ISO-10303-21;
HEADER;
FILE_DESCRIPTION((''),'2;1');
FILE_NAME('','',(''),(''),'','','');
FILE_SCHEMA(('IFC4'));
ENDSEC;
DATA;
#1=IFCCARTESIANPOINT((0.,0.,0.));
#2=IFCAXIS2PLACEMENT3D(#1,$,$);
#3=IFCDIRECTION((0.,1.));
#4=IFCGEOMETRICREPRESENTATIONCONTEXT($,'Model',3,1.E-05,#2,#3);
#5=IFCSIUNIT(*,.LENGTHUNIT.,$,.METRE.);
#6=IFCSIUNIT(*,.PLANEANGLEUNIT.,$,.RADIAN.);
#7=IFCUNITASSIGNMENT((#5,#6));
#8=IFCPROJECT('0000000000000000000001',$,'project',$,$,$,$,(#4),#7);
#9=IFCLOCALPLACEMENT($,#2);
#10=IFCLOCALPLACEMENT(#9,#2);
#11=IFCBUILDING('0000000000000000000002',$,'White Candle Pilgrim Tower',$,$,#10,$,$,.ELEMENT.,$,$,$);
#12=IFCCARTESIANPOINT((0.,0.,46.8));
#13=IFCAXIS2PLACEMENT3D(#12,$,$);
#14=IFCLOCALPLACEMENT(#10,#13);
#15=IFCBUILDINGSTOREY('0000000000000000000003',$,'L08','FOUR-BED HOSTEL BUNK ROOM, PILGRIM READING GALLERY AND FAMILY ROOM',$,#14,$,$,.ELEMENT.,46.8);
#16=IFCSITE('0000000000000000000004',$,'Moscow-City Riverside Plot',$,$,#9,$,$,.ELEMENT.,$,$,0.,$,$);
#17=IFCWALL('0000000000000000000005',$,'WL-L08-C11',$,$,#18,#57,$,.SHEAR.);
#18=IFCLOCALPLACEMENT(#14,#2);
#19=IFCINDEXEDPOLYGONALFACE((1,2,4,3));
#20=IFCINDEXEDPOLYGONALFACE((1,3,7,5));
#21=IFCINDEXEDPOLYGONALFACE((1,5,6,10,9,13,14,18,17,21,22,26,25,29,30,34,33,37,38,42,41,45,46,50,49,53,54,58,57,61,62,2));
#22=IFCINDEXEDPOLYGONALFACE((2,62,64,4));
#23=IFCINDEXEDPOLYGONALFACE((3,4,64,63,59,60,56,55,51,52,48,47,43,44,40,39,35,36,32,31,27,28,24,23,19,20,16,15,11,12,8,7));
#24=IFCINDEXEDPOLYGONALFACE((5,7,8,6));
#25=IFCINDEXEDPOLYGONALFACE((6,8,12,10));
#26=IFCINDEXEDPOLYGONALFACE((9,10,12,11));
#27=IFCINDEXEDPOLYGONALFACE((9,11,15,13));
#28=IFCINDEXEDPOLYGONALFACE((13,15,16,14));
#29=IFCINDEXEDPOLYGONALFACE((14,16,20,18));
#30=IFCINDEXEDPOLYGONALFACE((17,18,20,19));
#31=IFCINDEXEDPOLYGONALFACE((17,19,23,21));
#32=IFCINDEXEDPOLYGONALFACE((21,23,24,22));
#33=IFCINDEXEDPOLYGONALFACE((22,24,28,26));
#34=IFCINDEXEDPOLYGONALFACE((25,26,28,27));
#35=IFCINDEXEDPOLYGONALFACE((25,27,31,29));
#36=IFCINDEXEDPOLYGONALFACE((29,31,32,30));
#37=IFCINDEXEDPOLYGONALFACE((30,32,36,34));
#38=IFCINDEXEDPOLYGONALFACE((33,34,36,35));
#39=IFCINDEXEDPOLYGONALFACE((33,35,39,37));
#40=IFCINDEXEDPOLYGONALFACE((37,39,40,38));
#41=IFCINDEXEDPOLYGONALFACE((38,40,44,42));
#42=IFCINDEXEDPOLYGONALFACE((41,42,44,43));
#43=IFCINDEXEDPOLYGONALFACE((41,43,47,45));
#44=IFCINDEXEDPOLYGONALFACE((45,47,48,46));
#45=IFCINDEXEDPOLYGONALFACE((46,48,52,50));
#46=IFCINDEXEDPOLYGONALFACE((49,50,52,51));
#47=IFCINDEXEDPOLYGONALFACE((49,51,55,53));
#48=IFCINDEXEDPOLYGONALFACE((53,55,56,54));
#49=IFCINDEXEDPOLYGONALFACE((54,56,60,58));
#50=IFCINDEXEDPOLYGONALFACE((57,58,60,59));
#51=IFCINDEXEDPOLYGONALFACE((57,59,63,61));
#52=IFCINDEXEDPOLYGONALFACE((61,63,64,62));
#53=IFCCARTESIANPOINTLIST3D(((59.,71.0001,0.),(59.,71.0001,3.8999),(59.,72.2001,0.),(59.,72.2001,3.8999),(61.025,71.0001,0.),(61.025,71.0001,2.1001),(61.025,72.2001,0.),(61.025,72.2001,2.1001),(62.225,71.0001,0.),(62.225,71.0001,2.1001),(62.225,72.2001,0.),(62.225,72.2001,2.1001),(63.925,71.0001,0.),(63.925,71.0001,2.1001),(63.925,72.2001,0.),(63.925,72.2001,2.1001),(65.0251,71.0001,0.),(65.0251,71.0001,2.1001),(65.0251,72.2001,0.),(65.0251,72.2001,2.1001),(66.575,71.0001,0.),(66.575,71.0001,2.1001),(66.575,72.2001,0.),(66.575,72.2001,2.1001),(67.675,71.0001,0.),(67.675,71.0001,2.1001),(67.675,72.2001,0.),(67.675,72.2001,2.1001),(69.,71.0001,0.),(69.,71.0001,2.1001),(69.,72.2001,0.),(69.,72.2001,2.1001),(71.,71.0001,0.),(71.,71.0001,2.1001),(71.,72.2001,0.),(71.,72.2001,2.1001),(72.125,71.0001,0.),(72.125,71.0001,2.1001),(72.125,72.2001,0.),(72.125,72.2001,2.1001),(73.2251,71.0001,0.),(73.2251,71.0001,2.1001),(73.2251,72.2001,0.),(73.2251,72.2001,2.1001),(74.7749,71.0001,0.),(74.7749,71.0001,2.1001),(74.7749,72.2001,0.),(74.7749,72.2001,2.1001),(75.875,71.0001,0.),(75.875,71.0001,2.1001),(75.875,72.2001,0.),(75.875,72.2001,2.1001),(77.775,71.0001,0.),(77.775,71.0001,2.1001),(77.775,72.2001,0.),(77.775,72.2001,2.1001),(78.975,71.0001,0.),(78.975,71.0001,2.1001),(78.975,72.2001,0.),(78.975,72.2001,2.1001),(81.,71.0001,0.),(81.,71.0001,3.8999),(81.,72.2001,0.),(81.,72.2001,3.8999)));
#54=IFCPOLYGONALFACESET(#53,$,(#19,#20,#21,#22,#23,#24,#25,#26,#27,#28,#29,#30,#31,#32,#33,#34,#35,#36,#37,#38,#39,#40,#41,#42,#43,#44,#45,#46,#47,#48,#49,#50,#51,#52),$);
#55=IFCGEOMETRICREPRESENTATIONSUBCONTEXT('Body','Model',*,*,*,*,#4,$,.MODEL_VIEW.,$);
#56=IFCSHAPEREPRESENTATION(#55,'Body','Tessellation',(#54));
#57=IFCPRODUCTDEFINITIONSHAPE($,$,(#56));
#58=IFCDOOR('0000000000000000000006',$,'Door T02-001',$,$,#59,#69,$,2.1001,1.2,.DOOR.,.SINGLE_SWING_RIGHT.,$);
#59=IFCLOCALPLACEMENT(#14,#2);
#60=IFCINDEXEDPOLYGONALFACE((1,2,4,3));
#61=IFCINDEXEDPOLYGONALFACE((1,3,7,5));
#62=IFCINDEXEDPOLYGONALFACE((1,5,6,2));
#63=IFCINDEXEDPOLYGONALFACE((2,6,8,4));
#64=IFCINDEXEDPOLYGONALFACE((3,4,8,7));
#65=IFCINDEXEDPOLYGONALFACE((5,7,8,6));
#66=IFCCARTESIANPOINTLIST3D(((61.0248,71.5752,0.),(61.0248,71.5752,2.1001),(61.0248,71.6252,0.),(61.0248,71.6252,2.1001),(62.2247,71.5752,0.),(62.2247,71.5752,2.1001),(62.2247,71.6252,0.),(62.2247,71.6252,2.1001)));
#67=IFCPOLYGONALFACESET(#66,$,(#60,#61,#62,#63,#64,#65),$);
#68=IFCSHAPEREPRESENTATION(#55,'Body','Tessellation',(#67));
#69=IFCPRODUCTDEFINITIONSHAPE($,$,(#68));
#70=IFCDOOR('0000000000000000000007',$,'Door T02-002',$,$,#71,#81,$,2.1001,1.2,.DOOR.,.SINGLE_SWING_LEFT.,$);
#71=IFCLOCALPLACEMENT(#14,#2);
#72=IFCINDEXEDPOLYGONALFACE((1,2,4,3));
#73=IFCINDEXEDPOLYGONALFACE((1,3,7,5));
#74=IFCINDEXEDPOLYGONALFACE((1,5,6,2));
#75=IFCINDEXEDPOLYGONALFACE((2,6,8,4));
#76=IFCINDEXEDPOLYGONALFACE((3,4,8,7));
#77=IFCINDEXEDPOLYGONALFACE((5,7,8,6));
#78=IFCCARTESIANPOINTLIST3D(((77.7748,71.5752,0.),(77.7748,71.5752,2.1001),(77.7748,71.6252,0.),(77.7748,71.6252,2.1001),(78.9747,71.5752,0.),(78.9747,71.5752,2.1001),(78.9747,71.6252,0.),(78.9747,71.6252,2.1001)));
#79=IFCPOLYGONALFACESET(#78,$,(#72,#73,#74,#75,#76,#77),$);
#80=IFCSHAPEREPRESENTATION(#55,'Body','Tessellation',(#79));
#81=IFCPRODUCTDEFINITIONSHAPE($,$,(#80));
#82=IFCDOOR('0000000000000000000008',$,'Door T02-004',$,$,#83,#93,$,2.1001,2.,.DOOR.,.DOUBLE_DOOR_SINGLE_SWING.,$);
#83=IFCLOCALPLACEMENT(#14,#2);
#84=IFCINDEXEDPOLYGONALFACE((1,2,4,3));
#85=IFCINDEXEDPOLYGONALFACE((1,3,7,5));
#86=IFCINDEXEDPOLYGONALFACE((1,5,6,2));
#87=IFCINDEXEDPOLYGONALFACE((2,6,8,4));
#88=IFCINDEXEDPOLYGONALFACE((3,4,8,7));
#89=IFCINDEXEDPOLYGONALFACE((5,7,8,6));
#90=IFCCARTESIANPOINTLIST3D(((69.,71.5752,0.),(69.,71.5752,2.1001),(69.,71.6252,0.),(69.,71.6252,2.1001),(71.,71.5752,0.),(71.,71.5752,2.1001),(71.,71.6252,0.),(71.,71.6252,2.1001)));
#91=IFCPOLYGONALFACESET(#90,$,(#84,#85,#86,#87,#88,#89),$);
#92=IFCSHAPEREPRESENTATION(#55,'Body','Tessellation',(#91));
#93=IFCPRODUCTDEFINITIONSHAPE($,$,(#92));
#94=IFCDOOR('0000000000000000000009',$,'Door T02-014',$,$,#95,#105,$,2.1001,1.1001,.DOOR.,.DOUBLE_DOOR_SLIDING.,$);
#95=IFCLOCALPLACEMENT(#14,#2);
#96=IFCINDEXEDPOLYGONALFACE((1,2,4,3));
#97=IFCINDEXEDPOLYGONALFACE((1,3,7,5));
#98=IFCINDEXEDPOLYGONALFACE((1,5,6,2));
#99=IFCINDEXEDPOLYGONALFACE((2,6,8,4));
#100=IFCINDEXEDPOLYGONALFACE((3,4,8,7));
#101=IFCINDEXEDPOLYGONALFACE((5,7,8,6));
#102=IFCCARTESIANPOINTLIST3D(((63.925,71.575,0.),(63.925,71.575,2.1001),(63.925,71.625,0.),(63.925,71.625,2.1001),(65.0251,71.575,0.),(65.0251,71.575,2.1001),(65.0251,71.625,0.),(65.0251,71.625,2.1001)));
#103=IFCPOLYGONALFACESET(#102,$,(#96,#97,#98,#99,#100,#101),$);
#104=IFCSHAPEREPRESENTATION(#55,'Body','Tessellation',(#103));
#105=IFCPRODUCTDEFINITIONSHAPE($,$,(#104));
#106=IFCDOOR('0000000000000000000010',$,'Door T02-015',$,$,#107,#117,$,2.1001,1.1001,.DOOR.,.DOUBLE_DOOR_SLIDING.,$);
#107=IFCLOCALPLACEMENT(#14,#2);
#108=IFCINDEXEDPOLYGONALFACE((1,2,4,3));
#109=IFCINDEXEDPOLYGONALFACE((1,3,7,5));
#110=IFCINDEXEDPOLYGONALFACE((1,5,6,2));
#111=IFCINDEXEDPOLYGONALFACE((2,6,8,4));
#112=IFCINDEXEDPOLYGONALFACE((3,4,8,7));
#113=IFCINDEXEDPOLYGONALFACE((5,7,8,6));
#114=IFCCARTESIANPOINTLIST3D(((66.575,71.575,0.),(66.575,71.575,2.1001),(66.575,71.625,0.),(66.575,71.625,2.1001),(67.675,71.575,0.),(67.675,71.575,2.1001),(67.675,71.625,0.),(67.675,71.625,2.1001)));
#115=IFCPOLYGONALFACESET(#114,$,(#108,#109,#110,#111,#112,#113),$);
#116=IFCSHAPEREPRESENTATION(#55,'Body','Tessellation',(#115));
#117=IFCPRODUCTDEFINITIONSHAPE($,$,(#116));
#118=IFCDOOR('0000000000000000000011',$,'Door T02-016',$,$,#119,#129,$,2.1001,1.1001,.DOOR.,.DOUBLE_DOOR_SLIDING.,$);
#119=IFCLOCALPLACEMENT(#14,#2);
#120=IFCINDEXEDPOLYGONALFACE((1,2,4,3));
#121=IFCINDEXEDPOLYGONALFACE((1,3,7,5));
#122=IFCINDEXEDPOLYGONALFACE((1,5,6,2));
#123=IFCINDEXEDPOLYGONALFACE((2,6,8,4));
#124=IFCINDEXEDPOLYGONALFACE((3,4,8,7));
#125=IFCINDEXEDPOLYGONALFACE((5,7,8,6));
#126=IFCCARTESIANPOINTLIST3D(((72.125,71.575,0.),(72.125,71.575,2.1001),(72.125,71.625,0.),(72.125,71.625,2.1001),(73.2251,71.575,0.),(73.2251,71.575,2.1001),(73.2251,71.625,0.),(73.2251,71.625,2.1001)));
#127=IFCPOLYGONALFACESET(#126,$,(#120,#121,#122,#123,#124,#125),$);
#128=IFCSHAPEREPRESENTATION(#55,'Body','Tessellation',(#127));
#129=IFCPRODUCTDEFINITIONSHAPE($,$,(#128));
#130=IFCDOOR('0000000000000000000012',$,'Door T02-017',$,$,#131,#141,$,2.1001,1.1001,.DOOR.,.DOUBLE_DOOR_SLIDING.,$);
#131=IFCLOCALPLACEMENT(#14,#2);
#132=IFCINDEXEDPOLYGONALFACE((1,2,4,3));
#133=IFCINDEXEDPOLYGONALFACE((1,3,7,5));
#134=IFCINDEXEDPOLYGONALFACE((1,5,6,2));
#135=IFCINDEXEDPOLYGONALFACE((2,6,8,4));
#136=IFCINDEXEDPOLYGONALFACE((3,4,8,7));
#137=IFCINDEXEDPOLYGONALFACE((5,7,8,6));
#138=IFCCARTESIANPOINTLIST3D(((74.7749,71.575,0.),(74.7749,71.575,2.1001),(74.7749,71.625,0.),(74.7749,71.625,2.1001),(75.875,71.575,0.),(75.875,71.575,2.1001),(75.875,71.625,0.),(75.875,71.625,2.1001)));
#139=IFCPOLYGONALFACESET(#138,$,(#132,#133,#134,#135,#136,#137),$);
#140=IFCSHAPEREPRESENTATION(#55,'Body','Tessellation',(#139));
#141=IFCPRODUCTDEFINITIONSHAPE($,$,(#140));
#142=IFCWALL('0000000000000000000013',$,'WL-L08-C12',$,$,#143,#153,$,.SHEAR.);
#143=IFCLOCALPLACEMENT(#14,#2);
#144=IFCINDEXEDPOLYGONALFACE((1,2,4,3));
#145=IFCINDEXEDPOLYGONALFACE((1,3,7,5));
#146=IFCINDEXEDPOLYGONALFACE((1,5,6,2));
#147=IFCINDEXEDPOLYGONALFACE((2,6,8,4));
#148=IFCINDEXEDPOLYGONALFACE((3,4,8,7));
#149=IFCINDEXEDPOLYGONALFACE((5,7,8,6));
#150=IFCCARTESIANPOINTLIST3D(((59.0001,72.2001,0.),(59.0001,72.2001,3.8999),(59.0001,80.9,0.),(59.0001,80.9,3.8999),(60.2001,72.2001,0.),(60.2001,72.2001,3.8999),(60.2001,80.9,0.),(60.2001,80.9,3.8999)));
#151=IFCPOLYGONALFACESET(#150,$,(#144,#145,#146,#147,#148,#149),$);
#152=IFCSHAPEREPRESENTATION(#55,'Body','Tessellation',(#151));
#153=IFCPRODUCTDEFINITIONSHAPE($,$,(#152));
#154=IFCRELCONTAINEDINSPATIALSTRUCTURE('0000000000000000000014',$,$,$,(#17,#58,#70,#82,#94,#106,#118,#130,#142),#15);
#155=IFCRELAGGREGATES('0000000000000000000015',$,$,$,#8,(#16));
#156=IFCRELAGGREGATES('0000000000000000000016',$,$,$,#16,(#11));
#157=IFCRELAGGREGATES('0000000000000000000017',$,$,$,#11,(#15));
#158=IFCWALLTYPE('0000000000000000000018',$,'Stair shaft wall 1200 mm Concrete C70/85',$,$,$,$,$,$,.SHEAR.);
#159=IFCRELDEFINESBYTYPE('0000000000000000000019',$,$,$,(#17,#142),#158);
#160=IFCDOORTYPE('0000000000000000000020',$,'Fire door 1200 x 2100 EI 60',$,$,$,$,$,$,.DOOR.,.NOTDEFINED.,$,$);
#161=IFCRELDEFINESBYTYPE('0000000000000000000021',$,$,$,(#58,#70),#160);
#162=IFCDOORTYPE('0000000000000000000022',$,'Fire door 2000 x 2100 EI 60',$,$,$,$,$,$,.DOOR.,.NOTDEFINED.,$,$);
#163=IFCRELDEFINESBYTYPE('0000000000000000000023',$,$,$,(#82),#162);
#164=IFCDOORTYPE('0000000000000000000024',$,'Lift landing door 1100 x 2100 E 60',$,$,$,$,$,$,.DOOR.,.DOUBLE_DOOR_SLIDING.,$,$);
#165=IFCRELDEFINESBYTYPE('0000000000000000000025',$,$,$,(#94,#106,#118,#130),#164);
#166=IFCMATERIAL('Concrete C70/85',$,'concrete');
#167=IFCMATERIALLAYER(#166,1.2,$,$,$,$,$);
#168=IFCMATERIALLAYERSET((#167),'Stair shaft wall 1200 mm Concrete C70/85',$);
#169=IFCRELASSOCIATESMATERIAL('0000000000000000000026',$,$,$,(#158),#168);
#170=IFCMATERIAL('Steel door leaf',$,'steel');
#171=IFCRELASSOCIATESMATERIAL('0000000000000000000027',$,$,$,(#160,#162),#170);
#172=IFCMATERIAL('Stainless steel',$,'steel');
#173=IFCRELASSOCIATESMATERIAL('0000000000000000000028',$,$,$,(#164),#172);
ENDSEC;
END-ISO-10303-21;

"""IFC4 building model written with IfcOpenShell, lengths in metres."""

from ifc_helpers import new_model, si_unit, direction, frame, frame_2d, origin, place, context, subcontext, project, spatial, rectangle, extrude, material, layer, layer_set, type_object, element, fill, save


model = new_model("IFC4")

# Units and contexts
model_context = context("Model", 3, precision=1e-05, world=origin(), true_north=direction((0.0, 1.0)))
body_context = subcontext(model_context, "Body", "Model", "MODEL_VIEW")
ifc_project = project(units=[si_unit("LENGTHUNIT", "METRE"), si_unit("PLANEANGLEUNIT", "RADIAN")], contexts=[model_context])

# Site, building, storey
site_placement = place(None, origin())
site = spatial("IfcSite", under=ifc_project, at=site_placement, Name="Moscow-City Riverside Plot", CompositionType="ELEMENT", RefElevation=0.0)
building_placement = place(site_placement, origin())
building = spatial("IfcBuilding", under=site, at=building_placement, Name="White Candle Pilgrim Tower", CompositionType="ELEMENT")
storey_placement = place(building_placement, frame((0.0, 0.0, 46.8)))
storey = spatial("IfcBuildingStorey", under=building, at=storey_placement, Name="L08", Description="FOUR-BED HOSTEL BUNK ROOM, PILGRIM READING GALLERY AND FAMILY ROOM", CompositionType="ELEMENT", Elevation=46.8)

# Shared definitions
ifc_material_1 = material(Name="Steel door leaf", Category="steel")

# Wall, openings, doors
ifc_material_2 = material(Name="Concrete C70/85", Category="concrete")
ifc_layer_1 = layer(ifc_material_2, 1.2)
ifc_layer_set_1 = layer_set([ifc_layer_1], Name="Stair shaft wall 1200 mm Concrete C70/85")
wall_type_1 = type_object("IfcWallType", Name="Stair shaft wall 1200 mm Concrete C70/85", PredefinedType="SHEAR", material=ifc_layer_set_1)
wall_1_placement = place(storey_placement, frame((59.0, 71.6001, 0.0), z_axis=(0.0, 0.0, 1.0), x_axis=(1.0, 0.0, 0.0)))
wall_1 = element("IfcWall", 1, at=wall_1_placement, inside=storey, type_object=wall_type_1, Name="WL-L08-C11", PredefinedType="SHEAR", context=body_context, shape_type="SweptSolid", body=[
    extrude(rectangle(XDim=22.0, YDim=1.2, at=frame_2d((11.0, 0.0))), origin(), (0.0, 0.0, 1.0), 3.8999),
])
opening_1_placement = place(wall_1_placement, frame((2.0249, 0.0, 0.0)))
opening_1 = element("IfcOpeningElement", 2, at=opening_1_placement, cuts=wall_1, PredefinedType="OPENING", context=body_context, shape_type="SweptSolid", body=[
    extrude(rectangle(XDim=1.2, YDim=2.1001, at=frame_2d((0.6001, 1.05))), frame((0.0, 0.6099, 0.0), z_axis=(0.0, -1.0, 0.0), x_axis=(1.0, 0.0, 0.0)), (0.0, 0.0, 1.0), 1.22),
])
opening_2_placement = place(wall_1_placement, frame((18.7749, 0.0, 0.0)))
opening_2 = element("IfcOpeningElement", 3, at=opening_2_placement, cuts=wall_1, PredefinedType="OPENING", context=body_context, shape_type="SweptSolid", body=[
    extrude(rectangle(XDim=1.2, YDim=2.1001, at=frame_2d((0.6001, 1.05))), frame((0.0, 0.6099, 0.0), z_axis=(0.0, -1.0, 0.0), x_axis=(1.0, 0.0, 0.0)), (0.0, 0.0, 1.0), 1.22),
])
opening_3_placement = place(wall_1_placement, frame((10.0, 0.0, 0.0)))
opening_3 = element("IfcOpeningElement", 4, at=opening_3_placement, cuts=wall_1, PredefinedType="OPENING", context=body_context, shape_type="SweptSolid", body=[
    extrude(rectangle(XDim=2.0, YDim=2.1001, at=frame_2d((1.0, 1.05))), frame((0.0, 0.6099, 0.0), z_axis=(0.0, -1.0, 0.0), x_axis=(1.0, 0.0, 0.0)), (0.0, 0.0, 1.0), 1.22),
])
opening_4_placement = place(wall_1_placement, frame((4.925, 0.0, 0.0)))
opening_4 = element("IfcOpeningElement", 5, at=opening_4_placement, cuts=wall_1, PredefinedType="OPENING", context=body_context, shape_type="SweptSolid", body=[
    extrude(rectangle(XDim=1.1001, YDim=2.1001, at=frame_2d((0.55, 1.05))), frame((0.0, 0.6099, 0.0), z_axis=(0.0, -1.0, 0.0), x_axis=(1.0, 0.0, 0.0)), (0.0, 0.0, 1.0), 1.22),
])
opening_5_placement = place(wall_1_placement, frame((7.575, 0.0, 0.0)))
opening_5 = element("IfcOpeningElement", 6, at=opening_5_placement, cuts=wall_1, PredefinedType="OPENING", context=body_context, shape_type="SweptSolid", body=[
    extrude(rectangle(XDim=1.1001, YDim=2.1001, at=frame_2d((0.55, 1.05))), frame((0.0, 0.6099, 0.0), z_axis=(0.0, -1.0, 0.0), x_axis=(1.0, 0.0, 0.0)), (0.0, 0.0, 1.0), 1.22),
])
opening_6_placement = place(wall_1_placement, frame((13.125, 0.0, 0.0)))
opening_6 = element("IfcOpeningElement", 7, at=opening_6_placement, cuts=wall_1, PredefinedType="OPENING", context=body_context, shape_type="SweptSolid", body=[
    extrude(rectangle(XDim=1.1001, YDim=2.1001, at=frame_2d((0.55, 1.05))), frame((0.0, 0.6099, 0.0), z_axis=(0.0, -1.0, 0.0), x_axis=(1.0, 0.0, 0.0)), (0.0, 0.0, 1.0), 1.22),
])
opening_7_placement = place(wall_1_placement, frame((15.7749, 0.0, 0.0)))
opening_7 = element("IfcOpeningElement", 8, at=opening_7_placement, cuts=wall_1, PredefinedType="OPENING", context=body_context, shape_type="SweptSolid", body=[
    extrude(rectangle(XDim=1.1001, YDim=2.1001, at=frame_2d((0.55, 1.05))), frame((0.0, 0.6099, 0.0), z_axis=(0.0, -1.0, 0.0), x_axis=(1.0, 0.0, 0.0)), (0.0, 0.0, 1.0), 1.22),
])
door_type_1 = type_object("IfcDoorType", Name="Fire door 1200 x 2100 EI 60", OperationType="NOTDEFINED", PredefinedType="DOOR", material=ifc_material_1)
door_1_placement = place(opening_1_placement, frame((1.2, 0.0, 0.0), z_axis=(0.0, 0.0, 1.0), x_axis=(-1.0, 0.0, 0.0)))
door_1 = element("IfcDoor", 9, at=door_1_placement, inside=storey, type_object=door_type_1, Name="Door T02-001", OperationType="SINGLE_SWING_RIGHT", OverallHeight=2.1001, OverallWidth=1.2, PredefinedType="DOOR", context=body_context, shape_type="SweptSolid", body=[
    extrude(rectangle(XDim=1.2, YDim=2.1001, at=frame_2d((0.6001, 1.05))), frame((0.0, 0.0249, 0.0), z_axis=(0.0, -1.0, 0.0), x_axis=(1.0, 0.0, 0.0)), (0.0, 0.0, 1.0), 0.05),
])
fill(opening_1, door_1)
door_2_placement = place(opening_2_placement, frame((1.2, 0.0, 0.0), z_axis=(0.0, 0.0, 1.0), x_axis=(-1.0, 0.0, 0.0)))
door_2 = element("IfcDoor", 10, at=door_2_placement, inside=storey, type_object=door_type_1, Name="Door T02-002", OperationType="SINGLE_SWING_LEFT", OverallHeight=2.1001, OverallWidth=1.2, PredefinedType="DOOR", context=body_context, shape_type="SweptSolid", body=[
    extrude(rectangle(XDim=1.2, YDim=2.1001, at=frame_2d((0.6001, 1.05))), frame((0.0, 0.0249, 0.0), z_axis=(0.0, -1.0, 0.0), x_axis=(1.0, 0.0, 0.0)), (0.0, 0.0, 1.0), 0.05),
])
fill(opening_2, door_2)
door_type_2 = type_object("IfcDoorType", Name="Fire door 2000 x 2100 EI 60", OperationType="NOTDEFINED", PredefinedType="DOOR", material=ifc_material_1)
door_3_placement = place(opening_3_placement, frame((2.0, 0.0, 0.0), z_axis=(0.0, 0.0, 1.0), x_axis=(-1.0, 0.0, 0.0)))
door_3 = element("IfcDoor", 11, at=door_3_placement, inside=storey, type_object=door_type_2, Name="Door T02-004", OperationType="DOUBLE_DOOR_SINGLE_SWING", OverallHeight=2.1001, OverallWidth=2.0, PredefinedType="DOOR", context=body_context, shape_type="SweptSolid", body=[
    extrude(rectangle(XDim=2.0, YDim=2.1001, at=frame_2d((1.0, 1.05))), frame((0.0, 0.0249, 0.0), z_axis=(0.0, -1.0, 0.0), x_axis=(1.0, 0.0, 0.0)), (0.0, 0.0, 1.0), 0.05),
])
fill(opening_3, door_3)
ifc_material_3 = material(Name="Stainless steel", Category="steel")
door_type_3 = type_object("IfcDoorType", Name="Lift landing door 1100 x 2100 E 60", OperationType="DOUBLE_DOOR_SLIDING", PredefinedType="DOOR", material=ifc_material_3)
door_4_placement = place(opening_4_placement, origin())
door_4 = element("IfcDoor", 12, at=door_4_placement, inside=storey, type_object=door_type_3, Name="Door T02-014", OperationType="DOUBLE_DOOR_SLIDING", OverallHeight=2.1001, OverallWidth=1.1001, PredefinedType="DOOR", context=body_context, shape_type="SweptSolid", body=[
    extrude(rectangle(XDim=1.1001, YDim=2.1001, at=frame_2d((0.55, 1.05))), frame((0.0, 0.0249, 0.0), z_axis=(0.0, -1.0, 0.0), x_axis=(1.0, 0.0, 0.0)), (0.0, 0.0, 1.0), 0.05),
])
fill(opening_4, door_4)
door_5_placement = place(opening_5_placement, origin())
door_5 = element("IfcDoor", 13, at=door_5_placement, inside=storey, type_object=door_type_3, Name="Door T02-015", OperationType="DOUBLE_DOOR_SLIDING", OverallHeight=2.1001, OverallWidth=1.1001, PredefinedType="DOOR", context=body_context, shape_type="SweptSolid", body=[
    extrude(rectangle(XDim=1.1001, YDim=2.1001, at=frame_2d((0.55, 1.05))), frame((0.0, 0.0249, 0.0), z_axis=(0.0, -1.0, 0.0), x_axis=(1.0, 0.0, 0.0)), (0.0, 0.0, 1.0), 0.05),
])
fill(opening_5, door_5)
door_6_placement = place(opening_6_placement, origin())
door_6 = element("IfcDoor", 14, at=door_6_placement, inside=storey, type_object=door_type_3, Name="Door T02-016", OperationType="DOUBLE_DOOR_SLIDING", OverallHeight=2.1001, OverallWidth=1.1001, PredefinedType="DOOR", context=body_context, shape_type="SweptSolid", body=[
    extrude(rectangle(XDim=1.1001, YDim=2.1001, at=frame_2d((0.55, 1.05))), frame((0.0, 0.0249, 0.0), z_axis=(0.0, -1.0, 0.0), x_axis=(1.0, 0.0, 0.0)), (0.0, 0.0, 1.0), 0.05),
])
fill(opening_6, door_6)
door_7_placement = place(opening_7_placement, origin())
door_7 = element("IfcDoor", 15, at=door_7_placement, inside=storey, type_object=door_type_3, Name="Door T02-017", OperationType="DOUBLE_DOOR_SLIDING", OverallHeight=2.1001, OverallWidth=1.1001, PredefinedType="DOOR", context=body_context, shape_type="SweptSolid", body=[
    extrude(rectangle(XDim=1.1001, YDim=2.1001, at=frame_2d((0.55, 1.05))), frame((0.0, 0.0249, 0.0), z_axis=(0.0, -1.0, 0.0), x_axis=(1.0, 0.0, 0.0)), (0.0, 0.0, 1.0), 0.05),
])
fill(opening_7, door_7)

# Wall
wall_2_placement = place(storey_placement, frame((59.6001, 72.2, 0.0), z_axis=(0.0, 0.0, 1.0), x_axis=(0.0, 1.0, 0.0)))
element("IfcWall", 16, at=wall_2_placement, inside=storey, type_object=wall_type_1, Name="WL-L08-C12", PredefinedType="SHEAR", context=body_context, shape_type="SweptSolid", body=[
    extrude(rectangle(XDim=8.7, YDim=1.2, at=frame_2d((4.3501, 0.0))), origin(), (0.0, 0.0, 1.0), 3.8999),
])

save(model, "model.ifc")
